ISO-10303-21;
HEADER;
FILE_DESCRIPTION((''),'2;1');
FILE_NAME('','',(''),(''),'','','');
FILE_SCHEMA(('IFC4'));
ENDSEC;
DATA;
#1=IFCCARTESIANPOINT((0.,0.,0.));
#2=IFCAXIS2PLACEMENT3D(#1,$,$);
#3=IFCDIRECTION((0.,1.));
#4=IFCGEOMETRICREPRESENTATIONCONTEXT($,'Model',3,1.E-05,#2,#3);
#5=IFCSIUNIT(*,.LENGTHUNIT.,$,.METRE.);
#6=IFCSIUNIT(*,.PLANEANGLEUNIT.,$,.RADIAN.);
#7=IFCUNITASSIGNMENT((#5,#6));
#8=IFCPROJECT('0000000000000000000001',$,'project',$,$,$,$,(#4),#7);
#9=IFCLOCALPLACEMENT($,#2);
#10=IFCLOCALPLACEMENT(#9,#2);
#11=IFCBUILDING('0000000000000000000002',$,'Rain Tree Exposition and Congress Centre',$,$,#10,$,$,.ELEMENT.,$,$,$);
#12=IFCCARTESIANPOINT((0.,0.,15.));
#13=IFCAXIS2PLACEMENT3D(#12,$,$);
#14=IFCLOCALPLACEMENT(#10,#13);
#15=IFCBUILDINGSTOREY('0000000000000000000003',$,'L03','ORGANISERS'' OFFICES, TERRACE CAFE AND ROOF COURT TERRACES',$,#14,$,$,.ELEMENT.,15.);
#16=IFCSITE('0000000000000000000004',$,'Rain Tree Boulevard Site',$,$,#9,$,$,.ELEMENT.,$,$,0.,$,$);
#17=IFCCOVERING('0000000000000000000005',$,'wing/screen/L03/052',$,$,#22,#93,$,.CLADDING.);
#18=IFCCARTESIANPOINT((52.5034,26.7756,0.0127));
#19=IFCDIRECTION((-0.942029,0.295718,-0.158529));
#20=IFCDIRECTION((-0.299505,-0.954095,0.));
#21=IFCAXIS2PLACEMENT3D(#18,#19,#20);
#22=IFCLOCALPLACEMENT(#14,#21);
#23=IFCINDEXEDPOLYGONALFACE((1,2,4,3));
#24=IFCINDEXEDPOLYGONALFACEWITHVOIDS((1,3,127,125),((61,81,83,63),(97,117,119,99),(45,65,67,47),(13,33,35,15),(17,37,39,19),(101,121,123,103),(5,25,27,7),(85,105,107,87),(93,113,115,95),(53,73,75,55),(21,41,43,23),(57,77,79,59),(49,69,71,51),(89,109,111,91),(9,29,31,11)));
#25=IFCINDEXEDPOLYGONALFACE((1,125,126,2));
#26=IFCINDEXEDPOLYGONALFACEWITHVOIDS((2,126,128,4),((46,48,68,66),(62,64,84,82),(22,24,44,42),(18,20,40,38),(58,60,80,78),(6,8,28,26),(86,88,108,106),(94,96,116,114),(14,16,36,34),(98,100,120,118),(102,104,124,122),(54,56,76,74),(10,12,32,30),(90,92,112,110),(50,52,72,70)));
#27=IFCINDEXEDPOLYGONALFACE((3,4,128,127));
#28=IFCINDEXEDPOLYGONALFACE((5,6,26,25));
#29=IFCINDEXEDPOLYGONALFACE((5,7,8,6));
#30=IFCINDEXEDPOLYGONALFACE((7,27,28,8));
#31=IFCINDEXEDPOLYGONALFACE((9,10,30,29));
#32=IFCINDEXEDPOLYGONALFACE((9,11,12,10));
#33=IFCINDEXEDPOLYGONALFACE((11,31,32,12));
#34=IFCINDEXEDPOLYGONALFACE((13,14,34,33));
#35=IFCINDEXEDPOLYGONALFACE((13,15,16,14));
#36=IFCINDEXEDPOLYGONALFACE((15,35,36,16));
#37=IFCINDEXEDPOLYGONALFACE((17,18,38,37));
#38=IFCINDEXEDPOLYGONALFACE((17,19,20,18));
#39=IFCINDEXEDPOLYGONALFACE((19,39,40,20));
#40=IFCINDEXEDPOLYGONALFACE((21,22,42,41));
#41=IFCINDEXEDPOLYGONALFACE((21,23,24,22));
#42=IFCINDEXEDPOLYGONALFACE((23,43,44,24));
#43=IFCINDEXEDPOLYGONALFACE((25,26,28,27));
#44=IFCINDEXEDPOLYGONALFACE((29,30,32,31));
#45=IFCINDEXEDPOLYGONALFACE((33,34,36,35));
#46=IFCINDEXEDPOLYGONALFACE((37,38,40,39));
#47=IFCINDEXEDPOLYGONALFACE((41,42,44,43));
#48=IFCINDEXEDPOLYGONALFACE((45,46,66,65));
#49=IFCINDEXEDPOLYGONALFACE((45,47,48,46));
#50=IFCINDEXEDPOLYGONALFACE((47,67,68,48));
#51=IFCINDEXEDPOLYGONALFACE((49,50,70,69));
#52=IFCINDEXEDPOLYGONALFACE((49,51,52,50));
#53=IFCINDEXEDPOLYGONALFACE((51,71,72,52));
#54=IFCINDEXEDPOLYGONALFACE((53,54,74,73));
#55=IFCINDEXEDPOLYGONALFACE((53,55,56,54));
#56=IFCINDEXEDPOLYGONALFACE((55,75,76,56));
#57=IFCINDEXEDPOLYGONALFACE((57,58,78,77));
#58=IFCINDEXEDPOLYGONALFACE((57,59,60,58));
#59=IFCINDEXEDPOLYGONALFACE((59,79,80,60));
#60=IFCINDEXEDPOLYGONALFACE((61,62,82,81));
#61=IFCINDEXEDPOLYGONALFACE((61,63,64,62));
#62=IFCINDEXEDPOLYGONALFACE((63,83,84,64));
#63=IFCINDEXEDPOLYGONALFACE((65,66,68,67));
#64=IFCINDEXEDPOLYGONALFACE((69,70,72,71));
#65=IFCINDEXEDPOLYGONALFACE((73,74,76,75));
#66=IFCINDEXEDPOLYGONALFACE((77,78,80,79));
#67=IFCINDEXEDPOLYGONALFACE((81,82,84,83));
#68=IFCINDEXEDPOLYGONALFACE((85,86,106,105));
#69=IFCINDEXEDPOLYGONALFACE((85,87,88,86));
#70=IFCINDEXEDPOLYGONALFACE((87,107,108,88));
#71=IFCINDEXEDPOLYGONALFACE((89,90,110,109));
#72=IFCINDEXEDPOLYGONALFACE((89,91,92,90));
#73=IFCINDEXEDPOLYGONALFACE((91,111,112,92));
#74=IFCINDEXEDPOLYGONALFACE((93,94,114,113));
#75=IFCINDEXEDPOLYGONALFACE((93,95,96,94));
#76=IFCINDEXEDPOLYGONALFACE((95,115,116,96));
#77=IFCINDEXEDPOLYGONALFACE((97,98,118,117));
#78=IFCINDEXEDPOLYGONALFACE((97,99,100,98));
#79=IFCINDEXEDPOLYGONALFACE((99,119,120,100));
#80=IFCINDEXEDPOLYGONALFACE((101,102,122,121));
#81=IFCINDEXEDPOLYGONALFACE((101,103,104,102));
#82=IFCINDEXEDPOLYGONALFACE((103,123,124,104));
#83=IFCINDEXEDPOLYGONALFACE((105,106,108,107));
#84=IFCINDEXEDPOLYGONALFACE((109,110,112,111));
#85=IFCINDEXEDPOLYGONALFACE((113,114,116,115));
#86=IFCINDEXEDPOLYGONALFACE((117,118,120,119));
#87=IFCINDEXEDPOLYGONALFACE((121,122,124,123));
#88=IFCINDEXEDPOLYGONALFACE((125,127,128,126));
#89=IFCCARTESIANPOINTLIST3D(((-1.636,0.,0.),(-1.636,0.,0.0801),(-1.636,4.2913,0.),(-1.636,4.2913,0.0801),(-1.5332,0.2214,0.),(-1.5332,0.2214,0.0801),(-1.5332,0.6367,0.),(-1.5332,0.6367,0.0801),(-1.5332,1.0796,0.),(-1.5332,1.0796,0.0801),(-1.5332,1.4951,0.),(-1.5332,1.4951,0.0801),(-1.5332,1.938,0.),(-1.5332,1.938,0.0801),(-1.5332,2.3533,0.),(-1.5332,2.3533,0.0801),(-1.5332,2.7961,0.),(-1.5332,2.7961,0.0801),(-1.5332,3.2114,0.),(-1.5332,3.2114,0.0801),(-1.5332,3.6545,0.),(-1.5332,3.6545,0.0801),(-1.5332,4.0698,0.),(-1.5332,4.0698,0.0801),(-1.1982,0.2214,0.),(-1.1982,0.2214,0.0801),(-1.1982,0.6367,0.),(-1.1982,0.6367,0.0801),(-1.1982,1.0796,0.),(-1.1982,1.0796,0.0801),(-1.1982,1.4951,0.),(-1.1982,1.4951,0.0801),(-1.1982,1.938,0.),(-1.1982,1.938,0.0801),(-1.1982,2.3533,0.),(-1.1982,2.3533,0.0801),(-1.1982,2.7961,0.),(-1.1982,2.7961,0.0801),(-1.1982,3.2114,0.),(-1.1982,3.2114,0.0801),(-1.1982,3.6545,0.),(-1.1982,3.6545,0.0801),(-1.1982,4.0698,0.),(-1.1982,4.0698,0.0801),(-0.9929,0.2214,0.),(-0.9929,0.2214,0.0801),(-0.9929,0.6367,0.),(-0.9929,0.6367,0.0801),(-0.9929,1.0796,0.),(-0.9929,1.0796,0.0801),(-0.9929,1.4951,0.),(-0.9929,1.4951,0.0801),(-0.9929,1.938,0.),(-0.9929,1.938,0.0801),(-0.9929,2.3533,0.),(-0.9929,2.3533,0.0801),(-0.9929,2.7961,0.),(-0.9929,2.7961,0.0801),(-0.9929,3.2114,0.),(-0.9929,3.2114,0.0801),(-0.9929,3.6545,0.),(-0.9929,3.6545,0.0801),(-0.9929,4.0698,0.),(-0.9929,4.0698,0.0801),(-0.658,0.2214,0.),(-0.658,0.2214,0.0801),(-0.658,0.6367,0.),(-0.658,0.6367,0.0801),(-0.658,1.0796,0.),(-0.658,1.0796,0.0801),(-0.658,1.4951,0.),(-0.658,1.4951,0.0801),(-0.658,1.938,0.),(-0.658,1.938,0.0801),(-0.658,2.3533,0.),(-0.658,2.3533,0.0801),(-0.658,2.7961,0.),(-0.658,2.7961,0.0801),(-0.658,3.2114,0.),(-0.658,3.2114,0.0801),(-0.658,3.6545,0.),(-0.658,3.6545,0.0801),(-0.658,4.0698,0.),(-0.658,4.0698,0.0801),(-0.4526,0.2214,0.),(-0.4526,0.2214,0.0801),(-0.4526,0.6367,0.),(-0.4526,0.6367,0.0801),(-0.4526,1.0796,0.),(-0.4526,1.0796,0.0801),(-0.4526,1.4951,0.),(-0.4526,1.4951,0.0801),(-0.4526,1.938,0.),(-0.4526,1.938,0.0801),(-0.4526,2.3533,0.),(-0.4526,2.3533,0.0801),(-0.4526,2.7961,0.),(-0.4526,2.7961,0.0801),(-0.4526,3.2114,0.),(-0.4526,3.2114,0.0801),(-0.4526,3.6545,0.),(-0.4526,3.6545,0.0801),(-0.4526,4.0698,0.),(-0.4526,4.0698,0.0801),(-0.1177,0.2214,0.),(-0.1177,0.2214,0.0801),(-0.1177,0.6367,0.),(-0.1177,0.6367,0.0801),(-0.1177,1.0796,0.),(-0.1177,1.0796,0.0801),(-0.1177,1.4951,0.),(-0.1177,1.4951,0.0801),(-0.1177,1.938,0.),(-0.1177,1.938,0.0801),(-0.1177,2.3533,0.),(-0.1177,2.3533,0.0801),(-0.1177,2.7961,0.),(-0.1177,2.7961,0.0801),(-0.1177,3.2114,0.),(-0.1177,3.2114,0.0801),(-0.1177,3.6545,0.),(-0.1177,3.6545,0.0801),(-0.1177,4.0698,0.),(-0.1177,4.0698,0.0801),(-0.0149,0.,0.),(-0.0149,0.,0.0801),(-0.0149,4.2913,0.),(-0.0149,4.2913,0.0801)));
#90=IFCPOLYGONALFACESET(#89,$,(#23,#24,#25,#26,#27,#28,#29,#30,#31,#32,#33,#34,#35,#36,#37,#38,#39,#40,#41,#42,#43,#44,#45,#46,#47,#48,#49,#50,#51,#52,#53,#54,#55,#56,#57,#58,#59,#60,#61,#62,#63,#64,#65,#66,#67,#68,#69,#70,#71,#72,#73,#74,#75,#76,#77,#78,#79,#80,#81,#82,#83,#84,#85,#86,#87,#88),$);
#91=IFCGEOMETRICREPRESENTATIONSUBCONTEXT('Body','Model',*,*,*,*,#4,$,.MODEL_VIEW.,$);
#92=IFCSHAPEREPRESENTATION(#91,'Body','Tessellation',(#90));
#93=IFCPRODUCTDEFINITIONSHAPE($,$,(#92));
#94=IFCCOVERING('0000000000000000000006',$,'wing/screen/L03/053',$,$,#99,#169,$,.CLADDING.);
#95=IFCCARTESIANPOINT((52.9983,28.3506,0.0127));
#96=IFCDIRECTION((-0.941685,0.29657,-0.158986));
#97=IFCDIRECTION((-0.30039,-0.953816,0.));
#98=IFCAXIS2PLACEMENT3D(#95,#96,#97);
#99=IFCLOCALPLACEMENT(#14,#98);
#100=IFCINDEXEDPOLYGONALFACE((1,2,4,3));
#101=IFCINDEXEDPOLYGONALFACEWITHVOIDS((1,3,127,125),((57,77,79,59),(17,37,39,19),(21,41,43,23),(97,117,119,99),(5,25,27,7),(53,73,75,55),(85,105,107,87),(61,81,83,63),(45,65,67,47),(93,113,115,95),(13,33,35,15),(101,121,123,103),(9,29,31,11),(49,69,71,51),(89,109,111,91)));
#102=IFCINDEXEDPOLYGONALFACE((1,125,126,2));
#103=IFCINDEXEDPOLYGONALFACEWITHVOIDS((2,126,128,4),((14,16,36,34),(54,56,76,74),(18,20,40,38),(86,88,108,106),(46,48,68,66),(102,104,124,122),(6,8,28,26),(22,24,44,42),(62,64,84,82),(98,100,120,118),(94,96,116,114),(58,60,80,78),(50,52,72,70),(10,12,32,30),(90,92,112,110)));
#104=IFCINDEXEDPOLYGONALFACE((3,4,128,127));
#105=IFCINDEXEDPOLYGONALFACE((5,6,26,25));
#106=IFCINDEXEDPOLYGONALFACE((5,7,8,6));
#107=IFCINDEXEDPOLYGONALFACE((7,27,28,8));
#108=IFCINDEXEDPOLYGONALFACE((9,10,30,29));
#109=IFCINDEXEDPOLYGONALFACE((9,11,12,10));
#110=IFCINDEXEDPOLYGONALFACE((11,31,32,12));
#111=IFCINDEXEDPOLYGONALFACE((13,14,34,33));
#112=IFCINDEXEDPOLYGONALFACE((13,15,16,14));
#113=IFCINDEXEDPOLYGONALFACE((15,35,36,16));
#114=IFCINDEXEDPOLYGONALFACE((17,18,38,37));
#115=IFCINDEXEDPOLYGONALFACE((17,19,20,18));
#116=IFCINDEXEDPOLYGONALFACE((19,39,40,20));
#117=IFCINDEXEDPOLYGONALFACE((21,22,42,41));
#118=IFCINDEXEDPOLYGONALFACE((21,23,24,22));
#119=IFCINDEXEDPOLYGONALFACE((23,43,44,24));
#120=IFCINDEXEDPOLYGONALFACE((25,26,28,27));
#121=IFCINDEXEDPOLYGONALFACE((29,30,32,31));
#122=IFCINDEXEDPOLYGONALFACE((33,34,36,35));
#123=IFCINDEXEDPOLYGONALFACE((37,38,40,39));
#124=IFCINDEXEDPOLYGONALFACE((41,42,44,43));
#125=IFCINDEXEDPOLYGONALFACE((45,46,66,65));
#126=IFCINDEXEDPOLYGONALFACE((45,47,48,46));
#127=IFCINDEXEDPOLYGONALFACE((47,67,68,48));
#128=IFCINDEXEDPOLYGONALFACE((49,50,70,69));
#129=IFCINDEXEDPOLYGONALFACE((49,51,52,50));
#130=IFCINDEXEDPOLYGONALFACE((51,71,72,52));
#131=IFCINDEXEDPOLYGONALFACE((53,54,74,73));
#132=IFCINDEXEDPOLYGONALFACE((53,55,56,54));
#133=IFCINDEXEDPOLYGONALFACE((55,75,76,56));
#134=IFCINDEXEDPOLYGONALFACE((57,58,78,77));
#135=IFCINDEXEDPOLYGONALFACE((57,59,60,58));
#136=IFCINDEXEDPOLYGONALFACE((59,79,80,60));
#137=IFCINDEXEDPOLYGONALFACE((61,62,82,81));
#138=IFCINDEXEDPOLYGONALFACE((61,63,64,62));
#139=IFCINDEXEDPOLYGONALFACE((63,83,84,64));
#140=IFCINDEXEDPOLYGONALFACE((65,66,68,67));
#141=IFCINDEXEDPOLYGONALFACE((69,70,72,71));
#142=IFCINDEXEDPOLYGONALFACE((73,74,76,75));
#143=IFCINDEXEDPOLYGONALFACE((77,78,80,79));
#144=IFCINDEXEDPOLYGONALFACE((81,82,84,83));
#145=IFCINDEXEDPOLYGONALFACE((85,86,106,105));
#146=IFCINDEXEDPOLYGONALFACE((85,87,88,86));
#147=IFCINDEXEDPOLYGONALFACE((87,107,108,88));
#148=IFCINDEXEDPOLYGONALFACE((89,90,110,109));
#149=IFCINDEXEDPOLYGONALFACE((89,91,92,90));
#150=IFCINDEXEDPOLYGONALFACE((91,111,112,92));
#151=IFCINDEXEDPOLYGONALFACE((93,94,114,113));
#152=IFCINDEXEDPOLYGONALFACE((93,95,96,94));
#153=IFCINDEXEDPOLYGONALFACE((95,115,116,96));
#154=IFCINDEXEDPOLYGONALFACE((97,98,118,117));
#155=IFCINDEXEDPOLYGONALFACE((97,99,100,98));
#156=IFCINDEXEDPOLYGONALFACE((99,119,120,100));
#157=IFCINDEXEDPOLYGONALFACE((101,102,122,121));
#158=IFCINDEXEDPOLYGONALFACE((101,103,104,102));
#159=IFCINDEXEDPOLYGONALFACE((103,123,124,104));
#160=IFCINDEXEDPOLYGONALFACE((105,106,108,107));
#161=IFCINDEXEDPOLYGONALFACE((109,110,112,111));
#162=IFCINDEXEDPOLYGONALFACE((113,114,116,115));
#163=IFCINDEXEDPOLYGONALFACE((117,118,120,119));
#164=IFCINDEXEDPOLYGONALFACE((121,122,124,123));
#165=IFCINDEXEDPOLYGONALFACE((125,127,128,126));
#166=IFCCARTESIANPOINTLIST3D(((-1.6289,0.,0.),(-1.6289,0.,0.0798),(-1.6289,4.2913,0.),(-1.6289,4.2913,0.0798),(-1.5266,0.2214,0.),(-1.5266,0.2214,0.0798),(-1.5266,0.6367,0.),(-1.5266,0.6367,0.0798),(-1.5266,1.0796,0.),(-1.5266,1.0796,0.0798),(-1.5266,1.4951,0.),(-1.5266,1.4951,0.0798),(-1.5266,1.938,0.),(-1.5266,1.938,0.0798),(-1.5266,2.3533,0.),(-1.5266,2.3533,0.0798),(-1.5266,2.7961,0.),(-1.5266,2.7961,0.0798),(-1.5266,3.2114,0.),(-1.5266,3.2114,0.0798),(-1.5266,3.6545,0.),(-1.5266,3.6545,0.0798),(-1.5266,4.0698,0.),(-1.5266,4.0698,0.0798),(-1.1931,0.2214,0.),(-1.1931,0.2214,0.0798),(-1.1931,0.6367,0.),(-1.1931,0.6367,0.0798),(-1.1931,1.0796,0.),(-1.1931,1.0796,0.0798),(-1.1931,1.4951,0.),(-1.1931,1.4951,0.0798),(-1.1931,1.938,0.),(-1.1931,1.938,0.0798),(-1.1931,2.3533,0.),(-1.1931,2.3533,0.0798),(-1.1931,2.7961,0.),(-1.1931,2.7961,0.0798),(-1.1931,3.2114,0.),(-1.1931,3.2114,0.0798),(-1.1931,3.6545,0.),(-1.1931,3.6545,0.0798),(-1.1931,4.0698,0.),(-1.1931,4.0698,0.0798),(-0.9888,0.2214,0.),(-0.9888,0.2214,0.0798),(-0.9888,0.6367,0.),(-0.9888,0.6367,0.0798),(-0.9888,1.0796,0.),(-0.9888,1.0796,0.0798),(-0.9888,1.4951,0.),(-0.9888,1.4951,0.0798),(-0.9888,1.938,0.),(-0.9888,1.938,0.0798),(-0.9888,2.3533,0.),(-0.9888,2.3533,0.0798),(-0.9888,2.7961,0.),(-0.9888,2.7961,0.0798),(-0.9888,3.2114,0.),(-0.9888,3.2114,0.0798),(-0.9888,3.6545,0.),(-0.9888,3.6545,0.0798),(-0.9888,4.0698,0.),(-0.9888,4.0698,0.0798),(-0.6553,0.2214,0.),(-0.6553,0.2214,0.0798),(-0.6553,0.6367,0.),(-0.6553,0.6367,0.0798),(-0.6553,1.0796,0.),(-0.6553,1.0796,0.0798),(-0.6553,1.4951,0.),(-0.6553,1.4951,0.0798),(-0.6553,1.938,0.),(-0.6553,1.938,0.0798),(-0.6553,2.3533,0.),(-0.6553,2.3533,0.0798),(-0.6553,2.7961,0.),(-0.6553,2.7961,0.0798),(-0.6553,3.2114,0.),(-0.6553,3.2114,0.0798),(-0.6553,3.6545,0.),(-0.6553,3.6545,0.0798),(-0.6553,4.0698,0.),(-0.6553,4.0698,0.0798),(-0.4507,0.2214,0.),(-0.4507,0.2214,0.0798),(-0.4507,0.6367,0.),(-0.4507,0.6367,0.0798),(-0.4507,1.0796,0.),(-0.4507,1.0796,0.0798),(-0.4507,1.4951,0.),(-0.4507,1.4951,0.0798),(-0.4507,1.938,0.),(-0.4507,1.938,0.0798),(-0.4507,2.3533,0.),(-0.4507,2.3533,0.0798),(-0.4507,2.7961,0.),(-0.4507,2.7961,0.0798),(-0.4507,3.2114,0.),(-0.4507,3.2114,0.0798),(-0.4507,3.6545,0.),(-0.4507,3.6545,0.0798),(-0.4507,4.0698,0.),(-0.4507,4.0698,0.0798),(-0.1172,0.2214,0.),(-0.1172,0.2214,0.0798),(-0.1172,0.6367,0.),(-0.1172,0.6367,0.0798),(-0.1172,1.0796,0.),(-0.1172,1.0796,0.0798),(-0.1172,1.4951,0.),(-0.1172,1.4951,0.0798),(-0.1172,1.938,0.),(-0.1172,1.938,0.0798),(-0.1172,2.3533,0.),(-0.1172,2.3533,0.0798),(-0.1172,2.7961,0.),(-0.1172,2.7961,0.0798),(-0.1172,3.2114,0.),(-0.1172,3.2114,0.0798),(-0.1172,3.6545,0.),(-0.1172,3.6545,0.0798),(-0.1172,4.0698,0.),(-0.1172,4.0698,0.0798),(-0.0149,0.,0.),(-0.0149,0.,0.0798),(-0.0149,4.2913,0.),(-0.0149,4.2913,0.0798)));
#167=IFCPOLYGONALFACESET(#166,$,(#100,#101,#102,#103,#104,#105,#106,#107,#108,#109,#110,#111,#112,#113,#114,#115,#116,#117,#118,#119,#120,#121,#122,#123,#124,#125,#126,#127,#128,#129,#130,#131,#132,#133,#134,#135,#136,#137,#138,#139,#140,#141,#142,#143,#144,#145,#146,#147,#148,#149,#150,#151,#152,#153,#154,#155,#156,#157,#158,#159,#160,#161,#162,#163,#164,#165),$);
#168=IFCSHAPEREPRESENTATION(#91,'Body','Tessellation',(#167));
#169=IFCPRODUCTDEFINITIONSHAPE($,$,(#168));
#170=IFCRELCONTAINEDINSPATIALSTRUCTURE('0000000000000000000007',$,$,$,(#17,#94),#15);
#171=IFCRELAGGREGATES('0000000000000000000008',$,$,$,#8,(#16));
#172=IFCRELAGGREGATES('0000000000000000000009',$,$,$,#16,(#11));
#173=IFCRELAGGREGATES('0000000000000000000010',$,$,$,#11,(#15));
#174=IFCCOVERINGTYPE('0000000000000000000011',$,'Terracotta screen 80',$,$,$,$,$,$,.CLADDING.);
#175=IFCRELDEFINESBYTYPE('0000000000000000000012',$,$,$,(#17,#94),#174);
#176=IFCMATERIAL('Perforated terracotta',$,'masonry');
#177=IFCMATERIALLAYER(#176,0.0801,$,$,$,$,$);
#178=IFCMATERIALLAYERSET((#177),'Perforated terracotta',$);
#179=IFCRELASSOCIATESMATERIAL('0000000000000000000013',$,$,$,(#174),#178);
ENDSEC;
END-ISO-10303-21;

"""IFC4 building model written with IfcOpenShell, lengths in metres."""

from ifc_helpers import new_model, si_unit, direction, frame, origin, place, context, subcontext, project, spatial, polyline, outline, extrude, material, layer, layer_set, type_object, element, save


model = new_model("IFC4")

# Units and contexts
model_context = context("Model", 3, precision=1e-05, world=origin(), true_north=direction((0.0, 1.0)))
body_context = subcontext(model_context, "Body", "Model", "MODEL_VIEW")
ifc_project = project(units=[si_unit("LENGTHUNIT", "METRE"), si_unit("PLANEANGLEUNIT", "RADIAN")], contexts=[model_context])

# Site, building, storey
site_placement = place(None, origin())
site = spatial("IfcSite", under=ifc_project, at=site_placement, Name="Rain Tree Boulevard Site", CompositionType="ELEMENT", RefElevation=0.0)
building_placement = place(site_placement, origin())
building = spatial("IfcBuilding", under=site, at=building_placement, Name="Rain Tree Exposition and Congress Centre", CompositionType="ELEMENT")
storey_placement = place(building_placement, frame((0.0, 0.0, 15.0)))
storey = spatial("IfcBuildingStorey", under=building, at=storey_placement, Name="L03", Description="ORGANISERS' OFFICES, TERRACE CAFE AND ROOF COURT TERRACES", CompositionType="ELEMENT", Elevation=15.0)

# Coverings
ifc_material_1 = material(Name="Perforated terracotta", Category="masonry")
ifc_layer = layer(ifc_material_1, 0.0801)
ifc_layer_set = layer_set([ifc_layer], Name="Perforated terracotta")
covering_type = type_object("IfcCoveringType", Name="Terracotta screen 80", PredefinedType="CLADDING", material=ifc_layer_set)
covering_1_placement = place(storey_placement, frame((52.5034, 26.7756, 0.0127), z_axis=(-0.942029, 0.295718, -0.158529), x_axis=(-0.299505, -0.954095, 0.0)))
element("IfcCovering", 1, at=covering_1_placement, inside=storey, type_object=covering_type, Name="wing/screen/L03/052", PredefinedType="CLADDING", context=body_context, shape_type="SweptSolid", body=[
    extrude(outline(polyline([(-1.636, 0.0), (-1.636, 4.2913), (-0.0149, 4.2913), (-0.0149, 0.0), (-1.636, 0.0)]), holes=[polyline([(-0.1177, 0.2214), (-0.1177, 0.6367), (-0.4526, 0.6367), (-0.4526, 0.2214), (-0.1177, 0.2214)]), polyline([(-0.1177, 1.0796), (-0.1177, 1.4951), (-0.4526, 1.4951), (-0.4526, 1.0796), (-0.1177, 1.0796)]), polyline([(-0.1177, 1.938), (-0.1177, 2.3533), (-0.4526, 2.3533), (-0.4526, 1.938), (-0.1177, 1.938)]), polyline([(-0.1177, 2.7961), (-0.1177, 3.2114), (-0.4526, 3.2114), (-0.4526, 2.7961), (-0.1177, 2.7961)]), polyline([(-0.1177, 3.6545), (-0.1177, 4.0698), (-0.4526, 4.0698), (-0.4526, 3.6545), (-0.1177, 3.6545)]), polyline([(-0.658, 0.2214), (-0.658, 0.6367), (-0.9929, 0.6367), (-0.9929, 0.2214), (-0.658, 0.2214)]), polyline([(-0.658, 1.0796), (-0.658, 1.4951), (-0.9929, 1.4951), (-0.9929, 1.0796), (-0.658, 1.0796)]), polyline([(-0.658, 1.938), (-0.658, 2.3533), (-0.9929, 2.3533), (-0.9929, 1.938), (-0.658, 1.938)]), polyline([(-0.658, 2.7961), (-0.658, 3.2114), (-0.9929, 3.2114), (-0.9929, 2.7961), (-0.658, 2.7961)]), polyline([(-0.658, 3.6545), (-0.658, 4.0698), (-0.9929, 4.0698), (-0.9929, 3.6545), (-0.658, 3.6545)]), polyline([(-1.1982, 0.2214), (-1.1982, 0.6367), (-1.5332, 0.6367), (-1.5332, 0.2214), (-1.1982, 0.2214)]), polyline([(-1.1982, 1.0796), (-1.1982, 1.4951), (-1.5332, 1.4951), (-1.5332, 1.0796), (-1.1982, 1.0796)]), polyline([(-1.1982, 1.938), (-1.1982, 2.3533), (-1.5332, 2.3533), (-1.5332, 1.938), (-1.1982, 1.938)]), polyline([(-1.1982, 2.7961), (-1.1982, 3.2114), (-1.5332, 3.2114), (-1.5332, 2.7961), (-1.1982, 2.7961)]), polyline([(-1.1982, 3.6545), (-1.1982, 4.0698), (-1.5332, 4.0698), (-1.5332, 3.6545), (-1.1982, 3.6545)])]), origin(), (0.0, 0.0, 1.0), 0.0801),
])
covering_2_placement = place(storey_placement, frame((52.9983, 28.3506, 0.0127), z_axis=(-0.941685, 0.29657, -0.158986), x_axis=(-0.30039, -0.953816, 0.0)))
element("IfcCovering", 2, at=covering_2_placement, inside=storey, type_object=covering_type, Name="wing/screen/L03/053", PredefinedType="CLADDING", context=body_context, shape_type="SweptSolid", body=[
    extrude(outline(polyline([(-1.6289, 0.0), (-1.6289, 4.2913), (-0.0149, 4.2913), (-0.0149, 0.0), (-1.6289, 0.0)]), holes=[polyline([(-0.1172, 0.2214), (-0.1172, 0.6367), (-0.4507, 0.6367), (-0.4507, 0.2214), (-0.1172, 0.2214)]), polyline([(-0.1172, 1.0796), (-0.1172, 1.4951), (-0.4507, 1.4951), (-0.4507, 1.0796), (-0.1172, 1.0796)]), polyline([(-0.1172, 1.938), (-0.1172, 2.3533), (-0.4507, 2.3533), (-0.4507, 1.938), (-0.1172, 1.938)]), polyline([(-0.1172, 2.7961), (-0.1172, 3.2114), (-0.4507, 3.2114), (-0.4507, 2.7961), (-0.1172, 2.7961)]), polyline([(-0.1172, 3.6545), (-0.1172, 4.0698), (-0.4507, 4.0698), (-0.4507, 3.6545), (-0.1172, 3.6545)]), polyline([(-0.6553, 0.2214), (-0.6553, 0.6367), (-0.9888, 0.6367), (-0.9888, 0.2214), (-0.6553, 0.2214)]), polyline([(-0.6553, 1.0796), (-0.6553, 1.4951), (-0.9888, 1.4951), (-0.9888, 1.0796), (-0.6553, 1.0796)]), polyline([(-0.6553, 1.938), (-0.6553, 2.3533), (-0.9888, 2.3533), (-0.9888, 1.938), (-0.6553, 1.938)]), polyline([(-0.6553, 2.7961), (-0.6553, 3.2114), (-0.9888, 3.2114), (-0.9888, 2.7961), (-0.6553, 2.7961)]), polyline([(-0.6553, 3.6545), (-0.6553, 4.0698), (-0.9888, 4.0698), (-0.9888, 3.6545), (-0.6553, 3.6545)]), polyline([(-1.1931, 0.2214), (-1.1931, 0.6367), (-1.5266, 0.6367), (-1.5266, 0.2214), (-1.1931, 0.2214)]), polyline([(-1.1931, 1.0796), (-1.1931, 1.4951), (-1.5266, 1.4951), (-1.5266, 1.0796), (-1.1931, 1.0796)]), polyline([(-1.1931, 1.938), (-1.1931, 2.3533), (-1.5266, 2.3533), (-1.5266, 1.938), (-1.1931, 1.938)]), polyline([(-1.1931, 2.7961), (-1.1931, 3.2114), (-1.5266, 3.2114), (-1.5266, 2.7961), (-1.1931, 2.7961)]), polyline([(-1.1931, 3.6545), (-1.1931, 4.0698), (-1.5266, 4.0698), (-1.5266, 3.6545), (-1.1931, 3.6545)])]), origin(), (0.0, 0.0, 1.0), 0.0798),
])

save(model, "model.ifc")
